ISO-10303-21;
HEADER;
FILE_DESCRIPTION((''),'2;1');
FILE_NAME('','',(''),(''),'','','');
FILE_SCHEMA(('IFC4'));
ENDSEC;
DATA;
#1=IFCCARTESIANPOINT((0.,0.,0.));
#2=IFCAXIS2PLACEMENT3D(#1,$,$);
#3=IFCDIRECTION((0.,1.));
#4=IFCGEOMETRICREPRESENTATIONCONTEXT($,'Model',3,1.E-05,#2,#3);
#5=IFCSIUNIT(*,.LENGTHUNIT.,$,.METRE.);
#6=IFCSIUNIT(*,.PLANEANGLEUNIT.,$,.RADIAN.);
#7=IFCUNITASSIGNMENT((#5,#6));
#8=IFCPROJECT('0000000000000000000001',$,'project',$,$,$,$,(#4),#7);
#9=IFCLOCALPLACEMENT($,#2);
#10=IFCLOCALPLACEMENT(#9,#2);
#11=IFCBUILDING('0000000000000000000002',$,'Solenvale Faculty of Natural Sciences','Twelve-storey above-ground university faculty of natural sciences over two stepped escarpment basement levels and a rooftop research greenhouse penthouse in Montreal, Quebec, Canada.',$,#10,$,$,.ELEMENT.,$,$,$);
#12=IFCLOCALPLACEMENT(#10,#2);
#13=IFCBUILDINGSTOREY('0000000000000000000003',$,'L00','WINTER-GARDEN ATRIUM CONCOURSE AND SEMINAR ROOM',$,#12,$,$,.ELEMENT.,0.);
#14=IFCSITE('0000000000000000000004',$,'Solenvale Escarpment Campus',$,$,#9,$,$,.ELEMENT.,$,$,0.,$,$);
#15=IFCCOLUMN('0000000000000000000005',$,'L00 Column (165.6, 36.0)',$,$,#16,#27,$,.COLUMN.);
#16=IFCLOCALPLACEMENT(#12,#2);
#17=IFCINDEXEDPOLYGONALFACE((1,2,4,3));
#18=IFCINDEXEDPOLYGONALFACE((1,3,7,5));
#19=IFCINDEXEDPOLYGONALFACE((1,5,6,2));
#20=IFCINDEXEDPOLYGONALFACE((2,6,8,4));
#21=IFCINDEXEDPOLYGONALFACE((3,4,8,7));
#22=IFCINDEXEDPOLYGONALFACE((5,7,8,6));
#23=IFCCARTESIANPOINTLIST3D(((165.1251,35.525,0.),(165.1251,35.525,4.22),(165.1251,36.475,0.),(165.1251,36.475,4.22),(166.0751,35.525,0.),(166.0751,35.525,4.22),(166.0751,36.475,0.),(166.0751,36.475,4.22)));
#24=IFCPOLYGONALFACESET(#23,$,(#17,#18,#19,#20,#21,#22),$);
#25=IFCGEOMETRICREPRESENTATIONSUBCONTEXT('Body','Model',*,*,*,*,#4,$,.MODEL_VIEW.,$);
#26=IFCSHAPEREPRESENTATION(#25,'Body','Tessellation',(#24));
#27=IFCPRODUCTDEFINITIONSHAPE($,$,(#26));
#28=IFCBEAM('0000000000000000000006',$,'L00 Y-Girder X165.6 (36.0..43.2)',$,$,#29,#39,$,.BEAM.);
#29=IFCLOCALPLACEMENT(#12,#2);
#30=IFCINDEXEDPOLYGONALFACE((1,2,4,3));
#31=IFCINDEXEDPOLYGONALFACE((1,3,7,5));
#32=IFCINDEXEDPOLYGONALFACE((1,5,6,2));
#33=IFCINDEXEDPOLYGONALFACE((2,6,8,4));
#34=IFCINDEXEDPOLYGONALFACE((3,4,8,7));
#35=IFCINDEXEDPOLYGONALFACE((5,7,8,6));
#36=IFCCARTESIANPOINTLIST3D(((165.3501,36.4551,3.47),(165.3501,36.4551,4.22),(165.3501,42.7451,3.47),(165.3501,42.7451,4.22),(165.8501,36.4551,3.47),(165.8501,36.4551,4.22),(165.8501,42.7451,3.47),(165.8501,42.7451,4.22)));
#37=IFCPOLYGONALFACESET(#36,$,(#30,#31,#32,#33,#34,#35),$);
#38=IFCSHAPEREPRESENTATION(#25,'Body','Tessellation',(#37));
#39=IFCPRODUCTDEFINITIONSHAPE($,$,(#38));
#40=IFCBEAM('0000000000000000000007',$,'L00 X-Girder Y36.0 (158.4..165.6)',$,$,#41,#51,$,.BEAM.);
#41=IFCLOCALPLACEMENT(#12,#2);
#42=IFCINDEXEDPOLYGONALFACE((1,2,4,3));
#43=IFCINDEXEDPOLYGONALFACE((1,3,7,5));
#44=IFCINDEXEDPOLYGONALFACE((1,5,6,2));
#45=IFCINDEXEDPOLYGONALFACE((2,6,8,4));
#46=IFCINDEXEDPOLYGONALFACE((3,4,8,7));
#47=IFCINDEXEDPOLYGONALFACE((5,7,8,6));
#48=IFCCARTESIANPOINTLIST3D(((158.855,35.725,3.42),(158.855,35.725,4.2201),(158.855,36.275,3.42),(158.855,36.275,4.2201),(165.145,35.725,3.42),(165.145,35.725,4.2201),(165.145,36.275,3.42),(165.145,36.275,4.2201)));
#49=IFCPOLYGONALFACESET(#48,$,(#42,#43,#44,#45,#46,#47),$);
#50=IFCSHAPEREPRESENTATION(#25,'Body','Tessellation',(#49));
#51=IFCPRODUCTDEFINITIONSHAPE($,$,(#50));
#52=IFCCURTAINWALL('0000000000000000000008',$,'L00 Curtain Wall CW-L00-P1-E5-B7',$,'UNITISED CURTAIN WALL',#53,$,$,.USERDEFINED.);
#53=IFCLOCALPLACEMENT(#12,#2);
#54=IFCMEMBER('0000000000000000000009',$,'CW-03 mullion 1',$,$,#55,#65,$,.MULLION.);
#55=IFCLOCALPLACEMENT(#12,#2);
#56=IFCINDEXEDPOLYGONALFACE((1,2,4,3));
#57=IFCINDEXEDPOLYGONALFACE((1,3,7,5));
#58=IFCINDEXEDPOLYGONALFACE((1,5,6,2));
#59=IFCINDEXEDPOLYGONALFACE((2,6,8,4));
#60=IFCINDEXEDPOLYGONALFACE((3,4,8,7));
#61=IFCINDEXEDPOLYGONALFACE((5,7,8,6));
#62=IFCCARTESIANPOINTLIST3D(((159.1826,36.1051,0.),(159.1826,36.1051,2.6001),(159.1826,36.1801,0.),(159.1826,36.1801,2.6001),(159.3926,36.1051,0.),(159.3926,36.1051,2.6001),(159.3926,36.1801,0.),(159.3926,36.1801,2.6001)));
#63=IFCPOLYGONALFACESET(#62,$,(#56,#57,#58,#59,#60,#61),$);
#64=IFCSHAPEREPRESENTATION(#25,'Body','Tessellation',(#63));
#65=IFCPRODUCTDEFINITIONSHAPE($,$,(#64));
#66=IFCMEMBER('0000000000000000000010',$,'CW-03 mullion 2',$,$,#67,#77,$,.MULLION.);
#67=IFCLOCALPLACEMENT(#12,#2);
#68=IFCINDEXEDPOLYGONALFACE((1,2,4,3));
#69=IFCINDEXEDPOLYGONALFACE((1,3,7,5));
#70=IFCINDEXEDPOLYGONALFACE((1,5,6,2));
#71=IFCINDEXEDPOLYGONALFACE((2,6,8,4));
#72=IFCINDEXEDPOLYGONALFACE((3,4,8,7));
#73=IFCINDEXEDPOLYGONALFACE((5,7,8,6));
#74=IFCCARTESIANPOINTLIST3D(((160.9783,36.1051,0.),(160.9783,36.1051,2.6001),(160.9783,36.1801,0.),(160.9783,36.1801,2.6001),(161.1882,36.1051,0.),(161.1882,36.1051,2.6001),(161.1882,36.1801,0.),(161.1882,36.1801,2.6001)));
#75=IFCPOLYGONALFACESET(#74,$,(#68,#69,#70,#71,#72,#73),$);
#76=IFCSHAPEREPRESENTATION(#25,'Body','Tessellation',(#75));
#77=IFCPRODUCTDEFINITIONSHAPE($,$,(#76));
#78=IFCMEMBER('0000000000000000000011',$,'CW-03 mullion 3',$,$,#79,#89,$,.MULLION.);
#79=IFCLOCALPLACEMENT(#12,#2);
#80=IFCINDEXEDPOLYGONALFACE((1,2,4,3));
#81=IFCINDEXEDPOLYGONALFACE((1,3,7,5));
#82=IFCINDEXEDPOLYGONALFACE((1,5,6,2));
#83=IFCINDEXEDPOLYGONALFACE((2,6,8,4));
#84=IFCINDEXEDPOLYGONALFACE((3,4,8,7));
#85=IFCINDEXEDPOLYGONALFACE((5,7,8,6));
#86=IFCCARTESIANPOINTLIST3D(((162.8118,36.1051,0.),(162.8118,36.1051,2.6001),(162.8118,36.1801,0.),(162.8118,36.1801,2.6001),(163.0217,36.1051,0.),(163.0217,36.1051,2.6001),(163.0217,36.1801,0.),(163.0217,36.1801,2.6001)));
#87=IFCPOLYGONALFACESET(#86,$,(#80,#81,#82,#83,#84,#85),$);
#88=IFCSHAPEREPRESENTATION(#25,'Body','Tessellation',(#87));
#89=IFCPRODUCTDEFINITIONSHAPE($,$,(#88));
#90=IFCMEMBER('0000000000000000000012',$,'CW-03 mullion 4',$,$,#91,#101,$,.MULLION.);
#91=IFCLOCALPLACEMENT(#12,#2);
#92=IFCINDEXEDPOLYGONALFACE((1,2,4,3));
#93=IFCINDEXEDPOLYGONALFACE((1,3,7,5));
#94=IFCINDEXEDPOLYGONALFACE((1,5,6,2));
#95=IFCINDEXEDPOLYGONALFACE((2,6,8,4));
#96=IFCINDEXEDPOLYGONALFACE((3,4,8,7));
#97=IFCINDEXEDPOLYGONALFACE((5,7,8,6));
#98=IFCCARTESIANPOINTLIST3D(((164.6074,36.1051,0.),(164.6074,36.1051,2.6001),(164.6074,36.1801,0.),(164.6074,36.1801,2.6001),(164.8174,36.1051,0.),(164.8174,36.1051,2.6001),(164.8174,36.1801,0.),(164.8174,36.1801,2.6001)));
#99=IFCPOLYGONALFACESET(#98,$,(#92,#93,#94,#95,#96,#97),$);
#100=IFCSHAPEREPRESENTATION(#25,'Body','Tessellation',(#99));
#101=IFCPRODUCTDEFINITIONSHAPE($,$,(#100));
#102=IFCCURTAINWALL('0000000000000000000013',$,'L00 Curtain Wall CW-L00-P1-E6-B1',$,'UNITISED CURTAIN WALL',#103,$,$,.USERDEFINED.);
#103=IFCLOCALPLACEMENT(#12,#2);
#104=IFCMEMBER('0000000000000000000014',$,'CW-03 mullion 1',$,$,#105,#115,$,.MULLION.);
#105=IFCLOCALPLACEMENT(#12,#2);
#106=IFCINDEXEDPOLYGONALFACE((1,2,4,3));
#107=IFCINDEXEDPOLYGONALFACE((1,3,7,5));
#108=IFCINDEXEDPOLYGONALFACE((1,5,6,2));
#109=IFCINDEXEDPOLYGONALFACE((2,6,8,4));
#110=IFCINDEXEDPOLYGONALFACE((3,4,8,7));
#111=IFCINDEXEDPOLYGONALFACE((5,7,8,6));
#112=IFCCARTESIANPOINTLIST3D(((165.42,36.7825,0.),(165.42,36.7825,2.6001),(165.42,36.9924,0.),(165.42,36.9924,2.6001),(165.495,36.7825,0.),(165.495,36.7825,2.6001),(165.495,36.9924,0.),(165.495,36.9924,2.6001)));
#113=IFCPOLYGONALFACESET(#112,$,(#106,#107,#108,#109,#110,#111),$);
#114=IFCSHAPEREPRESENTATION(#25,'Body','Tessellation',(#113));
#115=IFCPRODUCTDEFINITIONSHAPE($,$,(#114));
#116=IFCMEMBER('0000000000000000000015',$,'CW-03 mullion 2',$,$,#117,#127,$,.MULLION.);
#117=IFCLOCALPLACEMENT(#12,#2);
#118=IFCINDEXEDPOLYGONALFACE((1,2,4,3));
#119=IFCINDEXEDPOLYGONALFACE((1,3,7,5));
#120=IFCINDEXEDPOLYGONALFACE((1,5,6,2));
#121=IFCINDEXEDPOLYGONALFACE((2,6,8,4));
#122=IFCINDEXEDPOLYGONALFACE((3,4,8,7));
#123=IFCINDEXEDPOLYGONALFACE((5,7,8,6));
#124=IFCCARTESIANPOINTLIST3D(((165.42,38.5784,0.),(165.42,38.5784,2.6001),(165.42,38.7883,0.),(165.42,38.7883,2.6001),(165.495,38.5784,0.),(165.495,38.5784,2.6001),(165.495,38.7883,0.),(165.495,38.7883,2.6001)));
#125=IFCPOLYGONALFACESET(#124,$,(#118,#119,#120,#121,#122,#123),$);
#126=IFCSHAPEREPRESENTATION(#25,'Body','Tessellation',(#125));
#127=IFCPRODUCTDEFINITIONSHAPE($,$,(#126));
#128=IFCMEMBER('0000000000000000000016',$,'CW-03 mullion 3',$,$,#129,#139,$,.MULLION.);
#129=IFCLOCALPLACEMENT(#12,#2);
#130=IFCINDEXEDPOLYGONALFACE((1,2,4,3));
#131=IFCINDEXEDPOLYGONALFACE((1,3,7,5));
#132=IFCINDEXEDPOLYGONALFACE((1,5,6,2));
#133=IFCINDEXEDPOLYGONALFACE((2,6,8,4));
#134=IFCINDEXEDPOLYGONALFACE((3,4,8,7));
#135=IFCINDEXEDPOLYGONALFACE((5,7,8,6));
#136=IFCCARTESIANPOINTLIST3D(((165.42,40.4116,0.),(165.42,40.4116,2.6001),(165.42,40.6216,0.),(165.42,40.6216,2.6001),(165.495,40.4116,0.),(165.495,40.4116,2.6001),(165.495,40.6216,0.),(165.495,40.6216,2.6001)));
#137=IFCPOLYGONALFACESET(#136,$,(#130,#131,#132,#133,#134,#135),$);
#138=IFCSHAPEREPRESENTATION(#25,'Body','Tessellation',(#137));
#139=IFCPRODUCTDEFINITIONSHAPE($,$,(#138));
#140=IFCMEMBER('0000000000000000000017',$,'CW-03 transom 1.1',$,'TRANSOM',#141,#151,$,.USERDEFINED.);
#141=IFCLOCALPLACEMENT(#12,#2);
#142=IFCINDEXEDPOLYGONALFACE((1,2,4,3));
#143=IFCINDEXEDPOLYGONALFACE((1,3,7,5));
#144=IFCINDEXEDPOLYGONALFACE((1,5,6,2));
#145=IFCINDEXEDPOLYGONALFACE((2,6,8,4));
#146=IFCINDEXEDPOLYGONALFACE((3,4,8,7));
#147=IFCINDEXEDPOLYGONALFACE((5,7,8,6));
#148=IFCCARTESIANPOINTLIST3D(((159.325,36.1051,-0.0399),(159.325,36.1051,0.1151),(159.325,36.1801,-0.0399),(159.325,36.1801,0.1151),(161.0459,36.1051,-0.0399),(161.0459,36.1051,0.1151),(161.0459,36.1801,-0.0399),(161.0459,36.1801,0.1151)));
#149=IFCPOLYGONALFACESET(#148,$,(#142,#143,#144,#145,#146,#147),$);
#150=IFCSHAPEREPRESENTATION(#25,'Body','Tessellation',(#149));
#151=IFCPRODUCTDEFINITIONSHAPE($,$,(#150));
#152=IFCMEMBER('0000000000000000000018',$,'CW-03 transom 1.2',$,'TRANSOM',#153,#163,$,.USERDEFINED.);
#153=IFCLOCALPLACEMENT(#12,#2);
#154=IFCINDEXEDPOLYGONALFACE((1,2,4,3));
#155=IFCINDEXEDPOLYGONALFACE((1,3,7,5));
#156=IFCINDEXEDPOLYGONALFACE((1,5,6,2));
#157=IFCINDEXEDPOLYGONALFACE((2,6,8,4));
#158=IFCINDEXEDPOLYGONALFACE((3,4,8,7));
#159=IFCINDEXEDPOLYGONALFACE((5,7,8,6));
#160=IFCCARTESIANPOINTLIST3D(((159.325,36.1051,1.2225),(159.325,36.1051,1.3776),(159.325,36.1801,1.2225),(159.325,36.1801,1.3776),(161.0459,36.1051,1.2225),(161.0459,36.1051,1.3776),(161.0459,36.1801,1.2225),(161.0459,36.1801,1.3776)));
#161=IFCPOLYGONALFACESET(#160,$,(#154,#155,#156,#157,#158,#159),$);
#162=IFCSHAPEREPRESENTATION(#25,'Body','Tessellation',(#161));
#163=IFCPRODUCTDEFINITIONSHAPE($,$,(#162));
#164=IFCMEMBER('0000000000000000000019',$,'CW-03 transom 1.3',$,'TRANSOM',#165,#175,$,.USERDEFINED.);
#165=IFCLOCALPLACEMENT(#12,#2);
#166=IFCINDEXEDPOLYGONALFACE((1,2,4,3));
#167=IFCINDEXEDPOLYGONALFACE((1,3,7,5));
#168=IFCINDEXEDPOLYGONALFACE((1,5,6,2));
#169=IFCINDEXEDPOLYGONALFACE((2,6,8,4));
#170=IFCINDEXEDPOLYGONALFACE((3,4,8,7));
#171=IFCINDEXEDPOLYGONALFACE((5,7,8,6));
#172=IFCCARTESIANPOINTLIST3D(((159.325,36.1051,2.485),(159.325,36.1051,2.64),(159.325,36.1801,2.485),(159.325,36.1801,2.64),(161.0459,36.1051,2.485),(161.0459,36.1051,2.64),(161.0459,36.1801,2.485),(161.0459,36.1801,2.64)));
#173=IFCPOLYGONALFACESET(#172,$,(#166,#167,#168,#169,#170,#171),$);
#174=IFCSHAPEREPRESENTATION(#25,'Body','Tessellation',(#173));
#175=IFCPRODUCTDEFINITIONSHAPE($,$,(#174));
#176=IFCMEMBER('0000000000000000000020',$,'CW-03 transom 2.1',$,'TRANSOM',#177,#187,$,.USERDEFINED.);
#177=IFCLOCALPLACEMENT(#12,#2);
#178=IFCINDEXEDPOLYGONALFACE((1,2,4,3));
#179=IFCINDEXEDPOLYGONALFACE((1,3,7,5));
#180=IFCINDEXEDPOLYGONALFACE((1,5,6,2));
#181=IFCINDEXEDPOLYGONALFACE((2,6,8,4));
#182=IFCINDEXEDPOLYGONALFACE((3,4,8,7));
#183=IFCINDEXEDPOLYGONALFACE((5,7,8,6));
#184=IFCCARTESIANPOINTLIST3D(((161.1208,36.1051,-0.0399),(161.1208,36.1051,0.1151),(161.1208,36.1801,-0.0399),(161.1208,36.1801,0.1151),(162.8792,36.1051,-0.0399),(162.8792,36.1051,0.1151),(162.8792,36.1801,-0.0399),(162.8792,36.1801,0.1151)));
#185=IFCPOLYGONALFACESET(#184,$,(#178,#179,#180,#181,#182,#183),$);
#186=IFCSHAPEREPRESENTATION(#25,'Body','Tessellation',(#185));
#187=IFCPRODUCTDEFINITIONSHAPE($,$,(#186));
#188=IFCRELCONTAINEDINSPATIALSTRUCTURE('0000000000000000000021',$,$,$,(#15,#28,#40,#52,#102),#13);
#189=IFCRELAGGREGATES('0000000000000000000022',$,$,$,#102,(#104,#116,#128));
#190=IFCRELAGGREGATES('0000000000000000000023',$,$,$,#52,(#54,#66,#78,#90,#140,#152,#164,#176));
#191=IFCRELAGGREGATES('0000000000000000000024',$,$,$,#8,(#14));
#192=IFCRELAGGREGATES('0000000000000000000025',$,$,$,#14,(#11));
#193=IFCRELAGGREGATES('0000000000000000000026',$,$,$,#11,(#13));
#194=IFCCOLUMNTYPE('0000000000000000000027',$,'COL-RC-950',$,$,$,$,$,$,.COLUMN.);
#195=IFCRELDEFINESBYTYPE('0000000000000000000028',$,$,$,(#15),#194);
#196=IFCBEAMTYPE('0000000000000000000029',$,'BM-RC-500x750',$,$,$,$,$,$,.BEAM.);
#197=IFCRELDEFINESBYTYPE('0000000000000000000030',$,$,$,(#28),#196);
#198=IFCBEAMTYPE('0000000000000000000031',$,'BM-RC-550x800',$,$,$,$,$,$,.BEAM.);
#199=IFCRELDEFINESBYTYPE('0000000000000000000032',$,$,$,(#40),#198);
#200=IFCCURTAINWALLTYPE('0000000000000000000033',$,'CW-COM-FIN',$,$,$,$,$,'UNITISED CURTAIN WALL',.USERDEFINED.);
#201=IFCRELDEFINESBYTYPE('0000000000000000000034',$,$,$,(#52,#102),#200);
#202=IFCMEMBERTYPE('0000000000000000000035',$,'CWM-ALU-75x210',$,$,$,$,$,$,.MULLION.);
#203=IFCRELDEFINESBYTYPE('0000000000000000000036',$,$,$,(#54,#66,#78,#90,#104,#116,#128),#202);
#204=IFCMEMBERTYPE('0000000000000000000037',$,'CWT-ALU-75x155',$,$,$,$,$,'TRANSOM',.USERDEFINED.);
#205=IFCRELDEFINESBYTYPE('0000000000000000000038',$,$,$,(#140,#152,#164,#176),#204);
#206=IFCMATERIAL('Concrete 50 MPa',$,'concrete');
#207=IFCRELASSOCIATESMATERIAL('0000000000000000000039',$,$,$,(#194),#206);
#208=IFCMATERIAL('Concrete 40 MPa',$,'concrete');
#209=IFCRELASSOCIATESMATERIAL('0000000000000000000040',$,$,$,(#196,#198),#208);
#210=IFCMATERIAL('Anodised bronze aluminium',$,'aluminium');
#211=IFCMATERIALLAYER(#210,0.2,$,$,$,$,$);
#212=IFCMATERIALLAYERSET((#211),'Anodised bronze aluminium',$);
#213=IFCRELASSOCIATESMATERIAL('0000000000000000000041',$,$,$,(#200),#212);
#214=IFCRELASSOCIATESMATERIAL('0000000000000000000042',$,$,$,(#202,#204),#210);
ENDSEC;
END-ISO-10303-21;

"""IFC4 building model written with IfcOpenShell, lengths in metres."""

from ifc_helpers import new_model, si_unit, direction, frame, origin, origin_2d, place, context, subcontext, project, spatial, rectangle, extrude, material, layer, layer_set, material_profile, profile_set, type_object, element, aggregate, save


model = new_model("IFC4")

# Units and contexts
model_context = context("Model", 3, precision=1e-05, world=origin(), true_north=direction((0.0, 1.0)))
body_context = subcontext(model_context, "Body", "Model", "MODEL_VIEW")
ifc_project = project(units=[si_unit("LENGTHUNIT", "METRE"), si_unit("PLANEANGLEUNIT", "RADIAN")], contexts=[model_context])

# Site, building, storey
site_placement = place(None, origin())
site = spatial("IfcSite", under=ifc_project, at=site_placement, Name="Solenvale Escarpment Campus", CompositionType="ELEMENT", RefElevation=0.0)
building_placement = place(site_placement, origin())
building = spatial("IfcBuilding", under=site, at=building_placement, Name="Solenvale Faculty of Natural Sciences", Description="Twelve-storey above-ground university faculty of natural sciences over two stepped escarpment basement levels and a rooftop research greenhouse penthouse in Montreal, Quebec, Canada.", CompositionType="ELEMENT")
storey_placement = place(building_placement, origin())
storey = spatial("IfcBuildingStorey", under=building, at=storey_placement, Name="L00", Description="WINTER-GARDEN ATRIUM CONCOURSE AND SEMINAR ROOM", CompositionType="ELEMENT", Elevation=0.0)

# Column
ifc_material_1 = material(Name="Concrete 50 MPa", Category="concrete")
ifc_material_profile_1 = material_profile(ifc_material_1, rectangle(XDim=0.95, YDim=0.95, at=origin_2d()), Name="RC-COL-950x950")
ifc_profile_set_1 = profile_set([ifc_material_profile_1], Name="Concrete 50 MPa")
column_type = type_object("IfcColumnType", Name="COL-RC-950", PredefinedType="COLUMN", material=ifc_profile_set_1)
column_placement = place(storey_placement, frame((165.6001, 36.0, 0.0), z_axis=(0.0, 0.0, 1.0), x_axis=(1.0, 0.0, 0.0)))
element("IfcColumn", 1, at=column_placement, inside=storey, type_object=column_type, Name="L00 Column (165.6, 36.0)", PredefinedType="COLUMN", context=body_context, shape_type="SweptSolid", body=[
    extrude(rectangle(XDim=0.95, YDim=0.95, at=origin_2d()), origin(), (0.0, 0.0, 1.0), 4.22),
])

# Beams
ifc_material_2 = material(Name="Concrete 40 MPa", Category="concrete")
ifc_material_profile_2 = material_profile(ifc_material_2, rectangle(XDim=0.5, YDim=0.75, at=origin_2d()), Name="RC-BM-500x750")
ifc_profile_set_2 = profile_set([ifc_material_profile_2], Name="Concrete 40 MPa")
beam_type_1 = type_object("IfcBeamType", Name="BM-RC-500x750", PredefinedType="BEAM", material=ifc_profile_set_2)
beam_1_placement = place(storey_placement, frame((165.6001, 36.4551, 3.845), z_axis=(0.0, 1.0, 0.0), x_axis=(-1.0, 0.0, 0.0)))
element("IfcBeam", 2, at=beam_1_placement, inside=storey, type_object=beam_type_1, Name="L00 Y-Girder X165.6 (36.0..43.2)", PredefinedType="BEAM", context=body_context, shape_type="SweptSolid", body=[
    extrude(rectangle(XDim=0.5, YDim=0.75, at=origin_2d()), origin(), (0.0, 0.0, 1.0), 6.29),
])
ifc_material_profile_3 = material_profile(ifc_material_2, rectangle(XDim=0.55, YDim=0.8, at=origin_2d()), Name="RC-BM-550x800")
ifc_profile_set_3 = profile_set([ifc_material_profile_3], Name="Concrete 40 MPa")
beam_type_2 = type_object("IfcBeamType", Name="BM-RC-550x800", PredefinedType="BEAM", material=ifc_profile_set_3)
beam_2_placement = place(storey_placement, frame((158.855, 36.0, 3.8201), z_axis=(1.0, 0.0, 0.0), x_axis=(0.0, 1.0, 0.0)))
element("IfcBeam", 3, at=beam_2_placement, inside=storey, type_object=beam_type_2, Name="L00 X-Girder Y36.0 (158.4..165.6)", PredefinedType="BEAM", context=body_context, shape_type="SweptSolid", body=[
    extrude(rectangle(XDim=0.55, YDim=0.8, at=origin_2d()), origin(), (0.0, 0.0, 1.0), 6.29),
])

# Curtain walls, members
ifc_material_3 = material(Name="Anodised bronze aluminium", Category="aluminium")
ifc_layer_1 = layer(ifc_material_3, 0.2)
ifc_layer_set_1 = layer_set([ifc_layer_1], Name="Anodised bronze aluminium")
curtain_wall_type = type_object("IfcCurtainWallType", Name="CW-COM-FIN", ElementType="UNITISED CURTAIN WALL", PredefinedType="USERDEFINED", material=ifc_layer_set_1)
curtain_wall_1_placement = place(storey_placement, origin())
curtain_wall_1 = element("IfcCurtainWall", 4, at=curtain_wall_1_placement, inside=storey, type_object=curtain_wall_type, Name="L00 Curtain Wall CW-L00-P1-E5-B7", ObjectType="UNITISED CURTAIN WALL", PredefinedType="USERDEFINED")
ifc_material_profile_4 = material_profile(ifc_material_3, rectangle(XDim=0.075, YDim=0.21, at=origin_2d()), Name="ALU-MUL-75x210")
ifc_profile_set_4 = profile_set([ifc_material_profile_4], Name="Anodised bronze aluminium")
member_type_1 = type_object("IfcMemberType", Name="CWM-ALU-75x210", PredefinedType="MULLION", material=ifc_profile_set_4)
member_1_placement = place(storey_placement, frame((159.2876, 36.1426, 0.0), z_axis=(0.0, 0.0, 1.0), x_axis=(0.0, 1.0, 0.0)))
member_1 = element("IfcMember", 5, at=member_1_placement, type_object=member_type_1, Name="CW-03 mullion 1", PredefinedType="MULLION", context=body_context, shape_type="SweptSolid", body=[
    extrude(rectangle(XDim=0.075, YDim=0.21, at=origin_2d()), origin(), (0.0, 0.0, 1.0), 2.6001),
])
member_2_placement = place(storey_placement, frame((161.0833, 36.1426, 0.0), z_axis=(0.0, 0.0, 1.0), x_axis=(0.0, 1.0, 0.0)))
member_2 = element("IfcMember", 6, at=member_2_placement, type_object=member_type_1, Name="CW-03 mullion 2", PredefinedType="MULLION", context=body_context, shape_type="SweptSolid", body=[
    extrude(rectangle(XDim=0.075, YDim=0.21, at=origin_2d()), origin(), (0.0, 0.0, 1.0), 2.6001),
])
member_3_placement = place(storey_placement, frame((162.9167, 36.1426, 0.0), z_axis=(0.0, 0.0, 1.0), x_axis=(0.0, 1.0, 0.0)))
member_3 = element("IfcMember", 7, at=member_3_placement, type_object=member_type_1, Name="CW-03 mullion 3", PredefinedType="MULLION", context=body_context, shape_type="SweptSolid", body=[
    extrude(rectangle(XDim=0.075, YDim=0.21, at=origin_2d()), origin(), (0.0, 0.0, 1.0), 2.6001),
])
member_4_placement = place(storey_placement, frame((164.7124, 36.1426, 0.0), z_axis=(0.0, 0.0, 1.0), x_axis=(0.0, 1.0, 0.0)))
member_4 = element("IfcMember", 8, at=member_4_placement, type_object=member_type_1, Name="CW-03 mullion 4", PredefinedType="MULLION", context=body_context, shape_type="SweptSolid", body=[
    extrude(rectangle(XDim=0.075, YDim=0.21, at=origin_2d()), origin(), (0.0, 0.0, 1.0), 2.6001),
])
curtain_wall_2_placement = place(storey_placement, origin())
curtain_wall_2 = element("IfcCurtainWall", 9, at=curtain_wall_2_placement, inside=storey, type_object=curtain_wall_type, Name="L00 Curtain Wall CW-L00-P1-E6-B1", ObjectType="UNITISED CURTAIN WALL", PredefinedType="USERDEFINED")
member_5_placement = place(storey_placement, frame((165.4575, 36.8875, 0.0), z_axis=(0.0, 0.0, 1.0), x_axis=(-1.0, 0.0, 0.0)))
member_5 = element("IfcMember", 10, at=member_5_placement, type_object=member_type_1, Name="CW-03 mullion 1", PredefinedType="MULLION", context=body_context, shape_type="SweptSolid", body=[
    extrude(rectangle(XDim=0.075, YDim=0.21, at=origin_2d()), origin(), (0.0, 0.0, 1.0), 2.6001),
])
member_6_placement = place(storey_placement, frame((165.4575, 38.6833, 0.0), z_axis=(0.0, 0.0, 1.0), x_axis=(-1.0, 0.0, 0.0)))
member_6 = element("IfcMember", 11, at=member_6_placement, type_object=member_type_1, Name="CW-03 mullion 2", PredefinedType="MULLION", context=body_context, shape_type="SweptSolid", body=[
    extrude(rectangle(XDim=0.075, YDim=0.21, at=origin_2d()), origin(), (0.0, 0.0, 1.0), 2.6001),
])
member_7_placement = place(storey_placement, frame((165.4575, 40.5166, 0.0), z_axis=(0.0, 0.0, 1.0), x_axis=(-1.0, 0.0, 0.0)))
member_7 = element("IfcMember", 12, at=member_7_placement, type_object=member_type_1, Name="CW-03 mullion 3", PredefinedType="MULLION", context=body_context, shape_type="SweptSolid", body=[
    extrude(rectangle(XDim=0.075, YDim=0.21, at=origin_2d()), origin(), (0.0, 0.0, 1.0), 2.6001),
])

# Members
ifc_material_profile_5 = material_profile(ifc_material_3, rectangle(XDim=0.075, YDim=0.155, at=origin_2d()), Name="ALU-TRN-75x155")
ifc_profile_set_5 = profile_set([ifc_material_profile_5], Name="Anodised bronze aluminium")
member_type_2 = type_object("IfcMemberType", Name="CWT-ALU-75x155", ElementType="TRANSOM", PredefinedType="USERDEFINED", material=ifc_profile_set_5)
member_8_placement = place(storey_placement, frame((159.325, 36.1426, 0.0376), z_axis=(1.0, 0.0, 0.0), x_axis=(0.0, 1.0, 0.0)))
member_8 = element("IfcMember", 13, at=member_8_placement, type_object=member_type_2, Name="CW-03 transom 1.1", ObjectType="TRANSOM", PredefinedType="USERDEFINED", context=body_context, shape_type="SweptSolid", body=[
    extrude(rectangle(XDim=0.075, YDim=0.155, at=origin_2d()), origin(), (0.0, 0.0, 1.0), 1.7209),
])
member_9_placement = place(storey_placement, frame((159.325, 36.1426, 1.3), z_axis=(1.0, 0.0, 0.0), x_axis=(0.0, 1.0, 0.0)))
member_9 = element("IfcMember", 14, at=member_9_placement, type_object=member_type_2, Name="CW-03 transom 1.2", ObjectType="TRANSOM", PredefinedType="USERDEFINED", context=body_context, shape_type="SweptSolid", body=[
    extrude(rectangle(XDim=0.075, YDim=0.155, at=origin_2d()), origin(), (0.0, 0.0, 1.0), 1.7209),
])
member_10_placement = place(storey_placement, frame((159.325, 36.1426, 2.5625), z_axis=(1.0, 0.0, 0.0), x_axis=(0.0, 1.0, 0.0)))
member_10 = element("IfcMember", 15, at=member_10_placement, type_object=member_type_2, Name="CW-03 transom 1.3", ObjectType="TRANSOM", PredefinedType="USERDEFINED", context=body_context, shape_type="SweptSolid", body=[
    extrude(rectangle(XDim=0.075, YDim=0.155, at=origin_2d()), origin(), (0.0, 0.0, 1.0), 1.7209),
])
member_11_placement = place(storey_placement, frame((161.1208, 36.1426, 0.0376), z_axis=(1.0, 0.0, 0.0), x_axis=(0.0, 1.0, 0.0)))
member_11 = element("IfcMember", 16, at=member_11_placement, type_object=member_type_2, Name="CW-03 transom 2.1", ObjectType="TRANSOM", PredefinedType="USERDEFINED", context=body_context, shape_type="SweptSolid", body=[
    extrude(rectangle(XDim=0.075, YDim=0.155, at=origin_2d()), origin(), (0.0, 0.0, 1.0), 1.7583),
])

aggregate(curtain_wall_2, [member_5, member_6, member_7])
aggregate(curtain_wall_1, [member_1, member_2, member_3, member_4, member_8, member_9, member_10, member_11])

save(model, "model.ifc")
